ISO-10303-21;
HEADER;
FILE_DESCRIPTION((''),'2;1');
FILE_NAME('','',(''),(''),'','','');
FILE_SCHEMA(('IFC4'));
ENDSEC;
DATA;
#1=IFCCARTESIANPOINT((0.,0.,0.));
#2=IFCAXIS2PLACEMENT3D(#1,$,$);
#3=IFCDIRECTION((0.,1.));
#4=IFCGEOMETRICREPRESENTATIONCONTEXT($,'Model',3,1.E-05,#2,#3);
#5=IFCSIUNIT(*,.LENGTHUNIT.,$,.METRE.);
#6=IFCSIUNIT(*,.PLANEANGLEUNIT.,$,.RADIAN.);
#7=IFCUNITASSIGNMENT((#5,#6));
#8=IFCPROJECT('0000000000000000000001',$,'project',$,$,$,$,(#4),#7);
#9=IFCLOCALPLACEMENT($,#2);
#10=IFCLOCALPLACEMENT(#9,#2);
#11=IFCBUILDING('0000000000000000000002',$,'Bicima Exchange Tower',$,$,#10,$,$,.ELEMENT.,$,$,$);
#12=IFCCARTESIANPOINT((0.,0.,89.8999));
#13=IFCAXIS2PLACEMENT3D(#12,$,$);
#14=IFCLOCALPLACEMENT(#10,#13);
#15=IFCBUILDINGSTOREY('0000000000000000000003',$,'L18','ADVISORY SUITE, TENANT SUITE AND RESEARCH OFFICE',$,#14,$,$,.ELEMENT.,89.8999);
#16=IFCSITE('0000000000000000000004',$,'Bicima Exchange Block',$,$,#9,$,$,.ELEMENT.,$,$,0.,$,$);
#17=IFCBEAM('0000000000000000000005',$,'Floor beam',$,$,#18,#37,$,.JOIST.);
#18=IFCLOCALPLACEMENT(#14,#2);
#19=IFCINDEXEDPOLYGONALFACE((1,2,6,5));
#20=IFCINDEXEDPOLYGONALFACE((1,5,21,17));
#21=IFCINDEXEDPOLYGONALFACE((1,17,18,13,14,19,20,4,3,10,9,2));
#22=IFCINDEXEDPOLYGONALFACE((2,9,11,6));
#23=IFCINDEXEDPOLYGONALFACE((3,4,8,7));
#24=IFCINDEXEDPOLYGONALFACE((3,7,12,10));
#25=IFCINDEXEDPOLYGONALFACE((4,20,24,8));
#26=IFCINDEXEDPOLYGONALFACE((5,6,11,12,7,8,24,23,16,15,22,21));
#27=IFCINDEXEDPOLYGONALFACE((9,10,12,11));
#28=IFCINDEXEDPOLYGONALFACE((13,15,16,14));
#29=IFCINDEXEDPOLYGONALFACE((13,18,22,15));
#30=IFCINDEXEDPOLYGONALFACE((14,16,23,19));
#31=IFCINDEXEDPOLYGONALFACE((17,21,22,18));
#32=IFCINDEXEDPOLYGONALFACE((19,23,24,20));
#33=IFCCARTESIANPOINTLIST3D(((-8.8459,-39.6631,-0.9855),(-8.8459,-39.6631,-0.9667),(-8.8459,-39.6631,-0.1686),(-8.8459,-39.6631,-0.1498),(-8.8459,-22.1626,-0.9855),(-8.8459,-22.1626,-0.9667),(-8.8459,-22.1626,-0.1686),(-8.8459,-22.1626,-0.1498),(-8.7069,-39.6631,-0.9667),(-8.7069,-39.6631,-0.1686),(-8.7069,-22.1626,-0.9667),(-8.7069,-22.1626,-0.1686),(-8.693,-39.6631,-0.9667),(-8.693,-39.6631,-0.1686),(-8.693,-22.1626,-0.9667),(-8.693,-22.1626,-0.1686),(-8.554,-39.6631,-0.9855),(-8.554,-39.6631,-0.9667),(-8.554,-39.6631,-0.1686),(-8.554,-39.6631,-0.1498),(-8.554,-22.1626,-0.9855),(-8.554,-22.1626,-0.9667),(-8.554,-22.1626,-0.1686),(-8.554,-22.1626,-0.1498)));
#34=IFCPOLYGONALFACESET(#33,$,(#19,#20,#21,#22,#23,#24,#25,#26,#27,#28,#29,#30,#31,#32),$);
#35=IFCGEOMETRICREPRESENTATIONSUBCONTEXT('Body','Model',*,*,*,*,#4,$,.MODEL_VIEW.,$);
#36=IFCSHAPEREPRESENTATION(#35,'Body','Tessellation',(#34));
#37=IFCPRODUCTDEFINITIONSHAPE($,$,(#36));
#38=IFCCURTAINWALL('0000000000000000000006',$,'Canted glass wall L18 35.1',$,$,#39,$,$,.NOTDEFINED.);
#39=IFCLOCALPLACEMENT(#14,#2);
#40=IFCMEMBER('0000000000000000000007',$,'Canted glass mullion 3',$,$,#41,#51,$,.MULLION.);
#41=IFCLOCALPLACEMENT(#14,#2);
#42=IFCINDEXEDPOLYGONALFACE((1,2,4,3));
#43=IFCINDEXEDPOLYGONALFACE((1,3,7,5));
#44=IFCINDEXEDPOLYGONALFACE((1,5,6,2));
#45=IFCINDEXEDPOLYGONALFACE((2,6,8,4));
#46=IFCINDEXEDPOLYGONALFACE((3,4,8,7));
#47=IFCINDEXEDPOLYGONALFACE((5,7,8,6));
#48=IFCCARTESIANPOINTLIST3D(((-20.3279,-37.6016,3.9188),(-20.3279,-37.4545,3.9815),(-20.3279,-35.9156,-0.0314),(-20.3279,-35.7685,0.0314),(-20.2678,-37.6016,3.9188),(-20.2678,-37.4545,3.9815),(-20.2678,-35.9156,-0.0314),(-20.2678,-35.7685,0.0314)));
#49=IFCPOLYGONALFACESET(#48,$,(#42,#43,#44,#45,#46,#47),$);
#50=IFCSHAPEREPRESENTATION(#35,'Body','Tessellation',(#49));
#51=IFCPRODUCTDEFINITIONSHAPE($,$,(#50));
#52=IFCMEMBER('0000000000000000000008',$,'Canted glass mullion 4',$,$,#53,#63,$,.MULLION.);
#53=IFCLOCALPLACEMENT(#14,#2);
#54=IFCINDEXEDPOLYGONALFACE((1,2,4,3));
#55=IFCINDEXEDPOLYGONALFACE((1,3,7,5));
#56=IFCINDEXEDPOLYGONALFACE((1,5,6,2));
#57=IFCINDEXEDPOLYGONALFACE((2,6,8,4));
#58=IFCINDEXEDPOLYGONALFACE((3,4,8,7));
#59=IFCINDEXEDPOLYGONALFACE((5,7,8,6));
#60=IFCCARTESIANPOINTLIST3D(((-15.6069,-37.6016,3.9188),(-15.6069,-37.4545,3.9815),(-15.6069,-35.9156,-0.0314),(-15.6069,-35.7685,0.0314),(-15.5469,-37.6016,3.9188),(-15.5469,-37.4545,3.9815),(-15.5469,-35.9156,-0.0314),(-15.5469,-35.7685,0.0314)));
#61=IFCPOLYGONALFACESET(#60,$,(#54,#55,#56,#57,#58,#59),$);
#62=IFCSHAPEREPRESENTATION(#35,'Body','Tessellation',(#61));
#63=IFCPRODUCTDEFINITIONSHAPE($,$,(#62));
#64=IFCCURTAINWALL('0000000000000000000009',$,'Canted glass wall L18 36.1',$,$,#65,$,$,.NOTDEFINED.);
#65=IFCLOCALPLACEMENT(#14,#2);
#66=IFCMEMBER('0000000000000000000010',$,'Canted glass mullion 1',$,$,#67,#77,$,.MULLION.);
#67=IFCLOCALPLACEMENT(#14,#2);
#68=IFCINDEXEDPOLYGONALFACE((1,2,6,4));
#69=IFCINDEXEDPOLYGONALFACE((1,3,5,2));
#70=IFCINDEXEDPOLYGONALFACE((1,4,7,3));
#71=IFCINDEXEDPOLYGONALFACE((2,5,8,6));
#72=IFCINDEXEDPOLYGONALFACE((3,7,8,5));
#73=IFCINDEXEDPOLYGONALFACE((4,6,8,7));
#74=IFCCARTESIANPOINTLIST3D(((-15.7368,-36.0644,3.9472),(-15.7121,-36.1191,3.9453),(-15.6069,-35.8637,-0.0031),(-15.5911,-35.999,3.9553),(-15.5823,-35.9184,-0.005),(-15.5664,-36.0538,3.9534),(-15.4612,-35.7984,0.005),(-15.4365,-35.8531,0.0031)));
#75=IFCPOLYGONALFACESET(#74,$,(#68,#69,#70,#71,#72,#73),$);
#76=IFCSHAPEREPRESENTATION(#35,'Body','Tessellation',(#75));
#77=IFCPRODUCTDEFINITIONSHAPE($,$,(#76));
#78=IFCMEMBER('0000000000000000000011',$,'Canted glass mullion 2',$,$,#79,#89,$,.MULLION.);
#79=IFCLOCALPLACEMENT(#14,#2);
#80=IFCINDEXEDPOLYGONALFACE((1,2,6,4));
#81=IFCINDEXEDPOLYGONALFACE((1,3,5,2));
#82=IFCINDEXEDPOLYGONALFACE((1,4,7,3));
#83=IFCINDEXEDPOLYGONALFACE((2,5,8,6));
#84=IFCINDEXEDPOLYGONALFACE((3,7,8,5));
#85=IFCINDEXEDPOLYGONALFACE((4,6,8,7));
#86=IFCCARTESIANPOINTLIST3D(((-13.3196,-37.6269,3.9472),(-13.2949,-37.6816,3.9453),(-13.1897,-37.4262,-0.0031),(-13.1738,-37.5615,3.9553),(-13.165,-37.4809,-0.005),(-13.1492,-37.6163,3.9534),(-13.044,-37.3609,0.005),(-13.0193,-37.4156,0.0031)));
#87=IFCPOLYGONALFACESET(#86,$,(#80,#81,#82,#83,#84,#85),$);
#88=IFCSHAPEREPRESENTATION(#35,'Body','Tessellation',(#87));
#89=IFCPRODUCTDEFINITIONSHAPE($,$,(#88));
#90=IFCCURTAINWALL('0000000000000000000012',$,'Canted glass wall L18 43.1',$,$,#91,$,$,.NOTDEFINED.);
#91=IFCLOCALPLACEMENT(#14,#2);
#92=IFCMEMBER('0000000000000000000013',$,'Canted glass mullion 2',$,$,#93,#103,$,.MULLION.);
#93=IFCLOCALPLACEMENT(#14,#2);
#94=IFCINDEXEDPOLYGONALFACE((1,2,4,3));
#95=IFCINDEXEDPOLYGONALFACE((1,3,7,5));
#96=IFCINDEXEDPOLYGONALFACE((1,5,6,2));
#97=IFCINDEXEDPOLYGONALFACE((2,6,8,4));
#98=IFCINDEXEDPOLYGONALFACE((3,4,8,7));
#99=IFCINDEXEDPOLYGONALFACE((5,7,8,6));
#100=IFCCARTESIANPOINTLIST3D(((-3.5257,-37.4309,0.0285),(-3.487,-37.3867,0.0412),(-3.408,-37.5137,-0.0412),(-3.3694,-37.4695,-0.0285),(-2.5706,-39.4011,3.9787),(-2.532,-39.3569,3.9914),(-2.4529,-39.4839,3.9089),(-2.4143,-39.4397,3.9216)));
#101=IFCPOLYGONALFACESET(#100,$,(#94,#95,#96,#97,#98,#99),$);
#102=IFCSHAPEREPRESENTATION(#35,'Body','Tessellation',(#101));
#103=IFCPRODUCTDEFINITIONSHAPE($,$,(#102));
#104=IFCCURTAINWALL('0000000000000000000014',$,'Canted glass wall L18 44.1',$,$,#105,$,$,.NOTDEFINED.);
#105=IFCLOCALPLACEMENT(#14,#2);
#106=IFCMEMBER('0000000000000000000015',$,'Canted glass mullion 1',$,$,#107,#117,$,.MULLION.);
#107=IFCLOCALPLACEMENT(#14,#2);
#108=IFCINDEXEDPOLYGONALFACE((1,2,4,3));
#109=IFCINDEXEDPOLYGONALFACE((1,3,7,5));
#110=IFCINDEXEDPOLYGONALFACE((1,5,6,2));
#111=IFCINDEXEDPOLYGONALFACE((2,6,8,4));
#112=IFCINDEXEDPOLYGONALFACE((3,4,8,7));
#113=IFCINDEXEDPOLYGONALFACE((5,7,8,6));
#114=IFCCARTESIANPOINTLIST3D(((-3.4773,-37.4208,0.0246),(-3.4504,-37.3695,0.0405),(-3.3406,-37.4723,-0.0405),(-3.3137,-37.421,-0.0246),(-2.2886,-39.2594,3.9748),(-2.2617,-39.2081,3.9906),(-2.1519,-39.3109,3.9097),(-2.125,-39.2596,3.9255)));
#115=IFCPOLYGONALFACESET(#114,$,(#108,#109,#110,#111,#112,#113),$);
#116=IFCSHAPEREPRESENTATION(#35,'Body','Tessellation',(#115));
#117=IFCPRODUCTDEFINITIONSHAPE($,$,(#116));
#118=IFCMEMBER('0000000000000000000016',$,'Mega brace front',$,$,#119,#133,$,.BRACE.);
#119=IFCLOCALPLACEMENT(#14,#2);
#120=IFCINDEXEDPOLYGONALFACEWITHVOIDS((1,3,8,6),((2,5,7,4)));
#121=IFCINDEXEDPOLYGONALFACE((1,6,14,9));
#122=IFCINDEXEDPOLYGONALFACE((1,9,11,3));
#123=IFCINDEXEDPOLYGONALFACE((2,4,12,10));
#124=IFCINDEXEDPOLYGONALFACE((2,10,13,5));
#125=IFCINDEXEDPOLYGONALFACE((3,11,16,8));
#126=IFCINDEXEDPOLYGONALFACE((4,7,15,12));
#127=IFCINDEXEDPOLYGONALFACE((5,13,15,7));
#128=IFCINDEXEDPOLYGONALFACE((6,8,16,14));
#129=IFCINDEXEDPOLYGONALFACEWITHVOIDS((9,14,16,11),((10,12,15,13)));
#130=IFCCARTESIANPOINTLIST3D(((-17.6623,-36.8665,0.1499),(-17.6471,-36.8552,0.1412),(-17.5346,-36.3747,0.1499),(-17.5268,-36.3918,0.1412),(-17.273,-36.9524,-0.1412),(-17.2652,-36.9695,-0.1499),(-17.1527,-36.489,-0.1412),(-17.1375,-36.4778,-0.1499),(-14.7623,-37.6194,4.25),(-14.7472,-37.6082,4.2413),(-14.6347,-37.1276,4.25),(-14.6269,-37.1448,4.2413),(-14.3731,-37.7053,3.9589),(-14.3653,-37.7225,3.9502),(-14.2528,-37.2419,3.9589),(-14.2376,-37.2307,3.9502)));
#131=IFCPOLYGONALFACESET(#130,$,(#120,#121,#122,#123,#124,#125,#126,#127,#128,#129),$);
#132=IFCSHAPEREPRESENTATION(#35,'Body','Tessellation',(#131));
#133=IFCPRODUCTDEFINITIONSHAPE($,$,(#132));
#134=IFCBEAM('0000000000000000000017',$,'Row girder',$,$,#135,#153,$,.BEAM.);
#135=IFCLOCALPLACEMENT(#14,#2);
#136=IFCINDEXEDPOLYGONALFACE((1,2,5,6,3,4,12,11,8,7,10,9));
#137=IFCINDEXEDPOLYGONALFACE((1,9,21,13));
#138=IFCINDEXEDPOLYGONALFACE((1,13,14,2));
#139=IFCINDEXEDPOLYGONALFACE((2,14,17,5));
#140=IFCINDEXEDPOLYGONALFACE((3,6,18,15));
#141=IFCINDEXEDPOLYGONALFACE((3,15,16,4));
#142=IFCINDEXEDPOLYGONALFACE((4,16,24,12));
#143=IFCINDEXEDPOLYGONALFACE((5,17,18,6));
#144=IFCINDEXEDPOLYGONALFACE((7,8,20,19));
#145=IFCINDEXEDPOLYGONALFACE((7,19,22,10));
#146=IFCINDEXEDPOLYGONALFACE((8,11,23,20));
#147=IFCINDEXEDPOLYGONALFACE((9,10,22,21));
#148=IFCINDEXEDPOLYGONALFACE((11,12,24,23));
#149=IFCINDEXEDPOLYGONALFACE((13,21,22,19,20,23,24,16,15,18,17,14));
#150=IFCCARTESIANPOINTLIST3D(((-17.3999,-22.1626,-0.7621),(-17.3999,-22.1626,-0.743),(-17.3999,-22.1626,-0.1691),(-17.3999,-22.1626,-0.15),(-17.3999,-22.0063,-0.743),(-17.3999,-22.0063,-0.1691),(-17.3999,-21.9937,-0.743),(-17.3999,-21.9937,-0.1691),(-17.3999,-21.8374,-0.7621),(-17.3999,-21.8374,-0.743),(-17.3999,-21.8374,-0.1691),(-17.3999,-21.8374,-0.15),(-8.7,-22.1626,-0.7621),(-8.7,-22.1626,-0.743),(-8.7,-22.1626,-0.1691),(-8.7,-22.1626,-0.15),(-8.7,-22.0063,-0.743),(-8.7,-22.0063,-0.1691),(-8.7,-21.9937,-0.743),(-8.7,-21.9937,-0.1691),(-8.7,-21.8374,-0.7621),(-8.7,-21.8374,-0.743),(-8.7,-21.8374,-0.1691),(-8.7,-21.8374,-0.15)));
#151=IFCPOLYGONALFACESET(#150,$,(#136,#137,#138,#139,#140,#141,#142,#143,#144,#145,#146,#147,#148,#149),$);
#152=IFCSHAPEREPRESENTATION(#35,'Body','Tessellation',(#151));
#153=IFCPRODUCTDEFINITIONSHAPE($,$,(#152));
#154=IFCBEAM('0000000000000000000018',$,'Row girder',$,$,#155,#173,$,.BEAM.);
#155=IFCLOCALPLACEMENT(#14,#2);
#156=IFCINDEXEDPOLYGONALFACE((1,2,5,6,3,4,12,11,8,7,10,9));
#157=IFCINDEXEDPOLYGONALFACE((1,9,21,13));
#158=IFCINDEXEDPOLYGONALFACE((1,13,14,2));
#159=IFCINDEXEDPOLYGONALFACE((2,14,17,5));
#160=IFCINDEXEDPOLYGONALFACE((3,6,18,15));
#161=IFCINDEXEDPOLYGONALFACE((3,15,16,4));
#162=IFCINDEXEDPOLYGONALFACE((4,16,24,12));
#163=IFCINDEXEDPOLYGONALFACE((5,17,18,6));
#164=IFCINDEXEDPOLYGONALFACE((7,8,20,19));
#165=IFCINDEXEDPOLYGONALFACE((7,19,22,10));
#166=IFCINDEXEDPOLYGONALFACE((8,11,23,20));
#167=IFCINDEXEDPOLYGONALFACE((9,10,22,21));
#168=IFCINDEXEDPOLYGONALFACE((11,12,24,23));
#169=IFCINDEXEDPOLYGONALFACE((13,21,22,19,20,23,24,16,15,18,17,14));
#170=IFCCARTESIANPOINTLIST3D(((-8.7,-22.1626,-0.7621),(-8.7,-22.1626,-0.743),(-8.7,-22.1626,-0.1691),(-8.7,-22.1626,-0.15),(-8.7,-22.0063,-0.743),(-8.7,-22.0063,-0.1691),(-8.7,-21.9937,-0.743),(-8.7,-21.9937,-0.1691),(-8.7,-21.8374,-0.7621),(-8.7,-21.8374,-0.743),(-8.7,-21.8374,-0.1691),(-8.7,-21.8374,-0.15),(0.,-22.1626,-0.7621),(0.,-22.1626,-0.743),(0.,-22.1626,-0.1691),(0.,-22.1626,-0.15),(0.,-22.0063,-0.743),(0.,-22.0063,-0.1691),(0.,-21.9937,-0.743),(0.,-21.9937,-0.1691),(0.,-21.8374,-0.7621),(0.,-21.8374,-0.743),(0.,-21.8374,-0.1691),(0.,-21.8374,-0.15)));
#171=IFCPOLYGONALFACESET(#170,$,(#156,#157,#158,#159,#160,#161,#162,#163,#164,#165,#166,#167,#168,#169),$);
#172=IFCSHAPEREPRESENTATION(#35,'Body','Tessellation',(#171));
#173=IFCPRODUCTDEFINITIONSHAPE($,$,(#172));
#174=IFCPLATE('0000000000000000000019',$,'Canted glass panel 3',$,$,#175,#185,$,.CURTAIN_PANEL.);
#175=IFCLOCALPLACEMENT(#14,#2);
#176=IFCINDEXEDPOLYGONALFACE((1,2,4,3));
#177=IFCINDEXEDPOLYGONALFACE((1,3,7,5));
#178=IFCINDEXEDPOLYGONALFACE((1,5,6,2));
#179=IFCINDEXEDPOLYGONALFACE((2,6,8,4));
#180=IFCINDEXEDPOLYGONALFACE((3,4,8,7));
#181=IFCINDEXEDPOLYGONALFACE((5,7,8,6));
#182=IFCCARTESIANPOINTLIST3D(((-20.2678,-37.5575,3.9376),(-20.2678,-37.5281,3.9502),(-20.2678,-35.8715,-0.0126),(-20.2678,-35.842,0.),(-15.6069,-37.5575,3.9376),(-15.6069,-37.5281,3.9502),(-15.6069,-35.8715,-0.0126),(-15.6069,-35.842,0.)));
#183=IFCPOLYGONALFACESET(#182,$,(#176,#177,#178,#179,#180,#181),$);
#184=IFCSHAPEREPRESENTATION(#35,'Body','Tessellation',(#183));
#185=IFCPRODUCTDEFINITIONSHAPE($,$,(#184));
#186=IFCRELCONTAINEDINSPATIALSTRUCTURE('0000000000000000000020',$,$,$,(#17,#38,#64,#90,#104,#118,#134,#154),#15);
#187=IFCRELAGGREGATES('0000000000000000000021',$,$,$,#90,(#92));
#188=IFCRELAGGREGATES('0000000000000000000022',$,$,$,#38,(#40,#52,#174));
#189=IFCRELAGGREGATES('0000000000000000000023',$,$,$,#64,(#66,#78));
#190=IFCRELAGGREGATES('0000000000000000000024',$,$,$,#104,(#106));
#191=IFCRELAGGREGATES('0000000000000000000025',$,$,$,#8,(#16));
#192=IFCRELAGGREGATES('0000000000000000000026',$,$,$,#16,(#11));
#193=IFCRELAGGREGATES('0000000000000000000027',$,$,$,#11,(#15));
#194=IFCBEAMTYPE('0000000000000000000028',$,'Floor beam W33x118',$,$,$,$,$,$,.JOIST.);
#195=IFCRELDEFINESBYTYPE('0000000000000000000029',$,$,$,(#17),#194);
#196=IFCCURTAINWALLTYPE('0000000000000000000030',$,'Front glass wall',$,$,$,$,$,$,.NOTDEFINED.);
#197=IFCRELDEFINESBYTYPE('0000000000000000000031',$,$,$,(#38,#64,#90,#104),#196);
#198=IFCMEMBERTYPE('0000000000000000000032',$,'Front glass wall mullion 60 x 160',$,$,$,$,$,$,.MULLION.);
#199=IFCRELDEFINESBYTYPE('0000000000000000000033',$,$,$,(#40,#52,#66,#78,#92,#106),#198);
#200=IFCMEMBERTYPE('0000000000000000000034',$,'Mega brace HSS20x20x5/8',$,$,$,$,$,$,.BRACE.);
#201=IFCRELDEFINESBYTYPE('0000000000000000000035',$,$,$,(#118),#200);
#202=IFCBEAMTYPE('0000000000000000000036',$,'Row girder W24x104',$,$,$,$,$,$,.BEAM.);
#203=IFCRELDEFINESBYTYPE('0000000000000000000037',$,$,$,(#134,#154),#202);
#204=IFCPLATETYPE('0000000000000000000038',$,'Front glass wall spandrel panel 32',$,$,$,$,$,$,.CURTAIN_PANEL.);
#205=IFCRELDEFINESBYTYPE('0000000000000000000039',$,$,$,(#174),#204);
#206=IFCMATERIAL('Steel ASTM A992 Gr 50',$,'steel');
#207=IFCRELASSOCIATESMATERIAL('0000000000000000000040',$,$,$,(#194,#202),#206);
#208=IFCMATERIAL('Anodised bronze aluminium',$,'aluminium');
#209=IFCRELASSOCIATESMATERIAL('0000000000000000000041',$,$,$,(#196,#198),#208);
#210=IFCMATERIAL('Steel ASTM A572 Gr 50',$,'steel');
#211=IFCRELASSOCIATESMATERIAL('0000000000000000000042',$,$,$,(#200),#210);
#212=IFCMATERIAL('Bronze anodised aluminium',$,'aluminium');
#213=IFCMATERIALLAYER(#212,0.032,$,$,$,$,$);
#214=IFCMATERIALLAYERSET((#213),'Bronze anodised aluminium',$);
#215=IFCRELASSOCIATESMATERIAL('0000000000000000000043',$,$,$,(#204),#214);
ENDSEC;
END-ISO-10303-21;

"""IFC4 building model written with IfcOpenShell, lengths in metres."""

from ifc_helpers import new_model, si_unit, direction, frame, origin, origin_2d, place, context, subcontext, project, spatial, polyline, rectangle, hollow_rectangle, i_section, outline, extrude, material, layer, layer_set, material_profile, profile_set, type_object, element, aggregate, save


model = new_model("IFC4")

# Units and contexts
model_context = context("Model", 3, precision=1e-05, world=origin(), true_north=direction((0.0, 1.0)))
body_context = subcontext(model_context, "Body", "Model", "MODEL_VIEW")
ifc_project = project(units=[si_unit("LENGTHUNIT", "METRE"), si_unit("PLANEANGLEUNIT", "RADIAN")], contexts=[model_context])

# Site, building, storey
site_placement = place(None, origin())
site = spatial("IfcSite", under=ifc_project, at=site_placement, Name="Bicima Exchange Block", CompositionType="ELEMENT", RefElevation=0.0)
building_placement = place(site_placement, origin())
building = spatial("IfcBuilding", under=site, at=building_placement, Name="Bicima Exchange Tower", CompositionType="ELEMENT")
storey_placement = place(building_placement, frame((0.0, 0.0, 89.8999)))
storey = spatial("IfcBuildingStorey", under=building, at=storey_placement, Name="L18", Description="ADVISORY SUITE, TENANT SUITE AND RESEARCH OFFICE", CompositionType="ELEMENT", Elevation=89.8999)

# Shared definitions
ifc_material_1 = material(Name="Steel ASTM A992 Gr 50", Category="steel")

# Beam
ifc_material_profile_1 = material_profile(ifc_material_1, i_section(OverallWidth=0.292, OverallDepth=0.8357, WebThickness=0.0139, FlangeThickness=0.0188, at=origin_2d()))
ifc_profile_set_1 = profile_set([ifc_material_profile_1], Name="Steel ASTM A992 Gr 50")
beam_type_1 = type_object("IfcBeamType", Name="Floor beam W33x118", PredefinedType="JOIST", material=ifc_profile_set_1)
beam_1_placement = place(storey_placement, frame((-8.7, -22.1626, -0.5676), z_axis=(0.0, -1.0, 0.0), x_axis=(1.0, 0.0, 0.0)))
element("IfcBeam", 1, at=beam_1_placement, inside=storey, type_object=beam_type_1, Name="Floor beam", PredefinedType="JOIST", context=body_context, shape_type="SweptSolid", body=[
    extrude(i_section(OverallWidth=0.292, OverallDepth=0.8357, WebThickness=0.0139, FlangeThickness=0.0188, at=origin_2d()), origin(), (0.0, 0.0, 1.0), 17.5005),
])

# Curtain walls, members
ifc_material_2 = material(Name="Anodised bronze aluminium", Category="aluminium")
curtain_wall_type = type_object("IfcCurtainWallType", Name="Front glass wall", PredefinedType="NOTDEFINED", material=ifc_material_2)
curtain_wall_1_placement = place(storey_placement, origin())
curtain_wall_1 = element("IfcCurtainWall", 2, at=curtain_wall_1_placement, inside=storey, type_object=curtain_wall_type, Name="Canted glass wall L18 35.1", PredefinedType="NOTDEFINED")
ifc_material_profile_2 = material_profile(ifc_material_2, rectangle(XDim=0.1599, YDim=0.0601, at=origin_2d()))
ifc_profile_set_2 = profile_set([ifc_material_profile_2], Name="Anodised bronze aluminium")
member_type_1 = type_object("IfcMemberType", Name="Front glass wall mullion 60 x 160", PredefinedType="MULLION", material=ifc_profile_set_2)
member_1_placement = place(storey_placement, frame((-20.2979, -35.842, 0.0), z_axis=(0.0, -0.392561, 0.919726), x_axis=(0.0, 0.919726, 0.392561)))
member_1 = element("IfcMember", 3, at=member_1_placement, type_object=member_type_1, Name="Canted glass mullion 3", PredefinedType="MULLION", context=body_context, shape_type="SweptSolid", body=[
    extrude(rectangle(XDim=0.1599, YDim=0.0601, at=origin_2d()), origin(), (0.0, 0.0, 1.0), 4.2949),
])
member_2_placement = place(storey_placement, frame((-15.5769, -35.842, 0.0), z_axis=(0.0, -0.392561, 0.919726), x_axis=(0.0, 0.919726, 0.392561)))
member_2 = element("IfcMember", 4, at=member_2_placement, type_object=member_type_1, Name="Canted glass mullion 4", PredefinedType="MULLION", context=body_context, shape_type="SweptSolid", body=[
    extrude(rectangle(XDim=0.1599, YDim=0.0601, at=origin_2d()), origin(), (0.0, 0.0, 1.0), 4.2949),
])
curtain_wall_2_placement = place(storey_placement, origin())
curtain_wall_2 = element("IfcCurtainWall", 5, at=curtain_wall_2_placement, inside=storey, type_object=curtain_wall_type, Name="Canted glass wall L18 36.1", PredefinedType="NOTDEFINED")
member_3_placement = place(storey_placement, frame((-15.5217, -35.8584, 0.0), z_axis=(-0.03282, -0.050711, 0.998174), x_axis=(0.911231, 0.408759, 0.050728)))
member_3 = element("IfcMember", 6, at=member_3_placement, type_object=member_type_1, Name="Canted glass mullion 1", PredefinedType="MULLION", context=body_context, shape_type="SweptSolid", body=[
    extrude(rectangle(XDim=0.1599, YDim=0.0601, at=origin_2d()), origin(), (0.0, 0.0, 1.0), 3.9575),
])
member_4_placement = place(storey_placement, frame((-13.1045, -37.4209, 0.0), z_axis=(-0.03282, -0.050711, 0.998174), x_axis=(0.911231, 0.408759, 0.050728)))
member_4 = element("IfcMember", 7, at=member_4_placement, type_object=member_type_1, Name="Canted glass mullion 2", PredefinedType="MULLION", context=body_context, shape_type="SweptSolid", body=[
    extrude(rectangle(XDim=0.1599, YDim=0.0601, at=origin_2d()), origin(), (0.0, 0.0, 1.0), 3.9575),
])

# Curtain walls, members
curtain_wall_3_placement = place(storey_placement, origin())
curtain_wall_3 = element("IfcCurtainWall", 8, at=curtain_wall_3_placement, inside=storey, type_object=curtain_wall_type, Name="Canted glass wall L18 43.1", PredefinedType="NOTDEFINED")
member_5_placement = place(storey_placement, frame((-3.4475, -37.4502, 0.0), z_axis=(0.211468, -0.436235, 0.874632), x_axis=(-0.735863, 0.517894, 0.436224)))
member_5 = element("IfcMember", 9, at=member_5_placement, type_object=member_type_1, Name="Canted glass mullion 2", PredefinedType="MULLION", context=body_context, shape_type="SweptSolid", body=[
    extrude(rectangle(XDim=0.1599, YDim=0.0601, at=origin_2d()), origin(), (0.0, 0.0, 1.0), 4.5164),
])
aggregate(curtain_wall_3, [member_5])
curtain_wall_4_placement = place(storey_placement, origin())
curtain_wall_4 = element("IfcCurtainWall", 10, at=curtain_wall_4_placement, inside=storey, type_object=curtain_wall_type, Name="Canted glass wall L18 44.1", PredefinedType="NOTDEFINED")
member_6_placement = place(storey_placement, frame((-3.3955, -37.4209, 0.0), z_axis=(0.263202, -0.407102, 0.874639), x_axis=(-0.854711, 0.322069, 0.407113)))
member_6 = element("IfcMember", 11, at=member_6_placement, type_object=member_type_1, Name="Canted glass mullion 1", PredefinedType="MULLION", context=body_context, shape_type="SweptSolid", body=[
    extrude(rectangle(XDim=0.1599, YDim=0.0601, at=origin_2d()), origin(), (0.0, 0.0, 1.0), 4.5164),
])

# Member
ifc_material_3 = material(Name="Steel ASTM A572 Gr 50", Category="steel")
ifc_material_profile_3 = material_profile(ifc_material_3, hollow_rectangle(XDim=0.5081, YDim=0.5081, WallThickness=0.0146, at=origin_2d()))
ifc_profile_set_3 = profile_set([ifc_material_profile_3], Name="Steel ASTM A572 Gr 50")
member_type_2 = type_object("IfcMemberType", Name="Mega brace HSS20x20x5/8", PredefinedType="BRACE", material=ifc_profile_set_3)
member_7_placement = place(storey_placement, frame((-17.3999, -36.6721, 0.0), z_axis=(0.57106, -0.14827, 0.807407), x_axis=(0.251307, 0.967907, 0.0)))
element("IfcMember", 12, at=member_7_placement, inside=storey, type_object=member_type_2, Name="Mega brace front", PredefinedType="BRACE", context=body_context, shape_type="SweptSolid", body=[
    extrude(hollow_rectangle(XDim=0.5081, YDim=0.5081, WallThickness=0.0146, at=origin_2d()), origin(), (0.0, 0.0, 1.0), 5.0781),
])

# Beams
ifc_material_profile_4 = material_profile(ifc_material_1, i_section(OverallWidth=0.3252, OverallDepth=0.6121, WebThickness=0.0127, FlangeThickness=0.019, at=origin_2d()))
ifc_profile_set_4 = profile_set([ifc_material_profile_4], Name="Steel ASTM A992 Gr 50")
beam_type_2 = type_object("IfcBeamType", Name="Row girder W24x104", PredefinedType="BEAM", material=ifc_profile_set_4)
for number, where, z_axis, x_axis, name in (
    (13, (-17.3999, -22.0, -0.4561), (1.0, 0.0, 0.0), (0.0, 1.0, 0.0), "Row girder"),
    (14, (-8.7, -22.0, -0.4561), (1.0, 0.0, 0.0), (0.0, 1.0, 0.0), "Row girder"),
):
    element("IfcBeam", number, at=place(storey_placement, frame(where, z_axis=z_axis, x_axis=x_axis)), inside=storey, type_object=beam_type_2, Name=name, PredefinedType="BEAM", context=body_context, shape_type="SweptSolid", body=[
        extrude(i_section(OverallWidth=0.3252, OverallDepth=0.6121, WebThickness=0.0127, FlangeThickness=0.019, at=origin_2d()), origin(), (0.0, 0.0, 1.0), 8.7),
    ])

# Plate
ifc_material_4 = material(Name="Bronze anodised aluminium", Category="aluminium")
ifc_layer_1 = layer(ifc_material_4, 0.032)
ifc_layer_set_1 = layer_set([ifc_layer_1], Name="Bronze anodised aluminium")
plate_type = type_object("IfcPlateType", Name="Front glass wall spandrel panel 32", PredefinedType="CURTAIN_PANEL", material=ifc_layer_set_1)
plate_1_placement = place(storey_placement, frame((-20.2678, -35.842, 0.0), z_axis=(0.0, 0.919726, 0.392561), x_axis=(1.0, 0.0, 0.0)))
plate_1 = element("IfcPlate", 15, at=plate_1_placement, type_object=plate_type, Name="Canted glass panel 3", PredefinedType="CURTAIN_PANEL", context=body_context, shape_type="SweptSolid", body=[
    extrude(outline(polyline([(0.0, 0.0), (4.6609, 0.0), (4.6609, -4.295), (0.0, -4.295), (0.0, 0.0)])), origin(), (0.0, 0.0, -1.0), 0.032),
])
aggregate(curtain_wall_1, [member_1, member_2, plate_1])
aggregate(curtain_wall_2, [member_3, member_4])
aggregate(curtain_wall_4, [member_6])

save(model, "model.ifc")
